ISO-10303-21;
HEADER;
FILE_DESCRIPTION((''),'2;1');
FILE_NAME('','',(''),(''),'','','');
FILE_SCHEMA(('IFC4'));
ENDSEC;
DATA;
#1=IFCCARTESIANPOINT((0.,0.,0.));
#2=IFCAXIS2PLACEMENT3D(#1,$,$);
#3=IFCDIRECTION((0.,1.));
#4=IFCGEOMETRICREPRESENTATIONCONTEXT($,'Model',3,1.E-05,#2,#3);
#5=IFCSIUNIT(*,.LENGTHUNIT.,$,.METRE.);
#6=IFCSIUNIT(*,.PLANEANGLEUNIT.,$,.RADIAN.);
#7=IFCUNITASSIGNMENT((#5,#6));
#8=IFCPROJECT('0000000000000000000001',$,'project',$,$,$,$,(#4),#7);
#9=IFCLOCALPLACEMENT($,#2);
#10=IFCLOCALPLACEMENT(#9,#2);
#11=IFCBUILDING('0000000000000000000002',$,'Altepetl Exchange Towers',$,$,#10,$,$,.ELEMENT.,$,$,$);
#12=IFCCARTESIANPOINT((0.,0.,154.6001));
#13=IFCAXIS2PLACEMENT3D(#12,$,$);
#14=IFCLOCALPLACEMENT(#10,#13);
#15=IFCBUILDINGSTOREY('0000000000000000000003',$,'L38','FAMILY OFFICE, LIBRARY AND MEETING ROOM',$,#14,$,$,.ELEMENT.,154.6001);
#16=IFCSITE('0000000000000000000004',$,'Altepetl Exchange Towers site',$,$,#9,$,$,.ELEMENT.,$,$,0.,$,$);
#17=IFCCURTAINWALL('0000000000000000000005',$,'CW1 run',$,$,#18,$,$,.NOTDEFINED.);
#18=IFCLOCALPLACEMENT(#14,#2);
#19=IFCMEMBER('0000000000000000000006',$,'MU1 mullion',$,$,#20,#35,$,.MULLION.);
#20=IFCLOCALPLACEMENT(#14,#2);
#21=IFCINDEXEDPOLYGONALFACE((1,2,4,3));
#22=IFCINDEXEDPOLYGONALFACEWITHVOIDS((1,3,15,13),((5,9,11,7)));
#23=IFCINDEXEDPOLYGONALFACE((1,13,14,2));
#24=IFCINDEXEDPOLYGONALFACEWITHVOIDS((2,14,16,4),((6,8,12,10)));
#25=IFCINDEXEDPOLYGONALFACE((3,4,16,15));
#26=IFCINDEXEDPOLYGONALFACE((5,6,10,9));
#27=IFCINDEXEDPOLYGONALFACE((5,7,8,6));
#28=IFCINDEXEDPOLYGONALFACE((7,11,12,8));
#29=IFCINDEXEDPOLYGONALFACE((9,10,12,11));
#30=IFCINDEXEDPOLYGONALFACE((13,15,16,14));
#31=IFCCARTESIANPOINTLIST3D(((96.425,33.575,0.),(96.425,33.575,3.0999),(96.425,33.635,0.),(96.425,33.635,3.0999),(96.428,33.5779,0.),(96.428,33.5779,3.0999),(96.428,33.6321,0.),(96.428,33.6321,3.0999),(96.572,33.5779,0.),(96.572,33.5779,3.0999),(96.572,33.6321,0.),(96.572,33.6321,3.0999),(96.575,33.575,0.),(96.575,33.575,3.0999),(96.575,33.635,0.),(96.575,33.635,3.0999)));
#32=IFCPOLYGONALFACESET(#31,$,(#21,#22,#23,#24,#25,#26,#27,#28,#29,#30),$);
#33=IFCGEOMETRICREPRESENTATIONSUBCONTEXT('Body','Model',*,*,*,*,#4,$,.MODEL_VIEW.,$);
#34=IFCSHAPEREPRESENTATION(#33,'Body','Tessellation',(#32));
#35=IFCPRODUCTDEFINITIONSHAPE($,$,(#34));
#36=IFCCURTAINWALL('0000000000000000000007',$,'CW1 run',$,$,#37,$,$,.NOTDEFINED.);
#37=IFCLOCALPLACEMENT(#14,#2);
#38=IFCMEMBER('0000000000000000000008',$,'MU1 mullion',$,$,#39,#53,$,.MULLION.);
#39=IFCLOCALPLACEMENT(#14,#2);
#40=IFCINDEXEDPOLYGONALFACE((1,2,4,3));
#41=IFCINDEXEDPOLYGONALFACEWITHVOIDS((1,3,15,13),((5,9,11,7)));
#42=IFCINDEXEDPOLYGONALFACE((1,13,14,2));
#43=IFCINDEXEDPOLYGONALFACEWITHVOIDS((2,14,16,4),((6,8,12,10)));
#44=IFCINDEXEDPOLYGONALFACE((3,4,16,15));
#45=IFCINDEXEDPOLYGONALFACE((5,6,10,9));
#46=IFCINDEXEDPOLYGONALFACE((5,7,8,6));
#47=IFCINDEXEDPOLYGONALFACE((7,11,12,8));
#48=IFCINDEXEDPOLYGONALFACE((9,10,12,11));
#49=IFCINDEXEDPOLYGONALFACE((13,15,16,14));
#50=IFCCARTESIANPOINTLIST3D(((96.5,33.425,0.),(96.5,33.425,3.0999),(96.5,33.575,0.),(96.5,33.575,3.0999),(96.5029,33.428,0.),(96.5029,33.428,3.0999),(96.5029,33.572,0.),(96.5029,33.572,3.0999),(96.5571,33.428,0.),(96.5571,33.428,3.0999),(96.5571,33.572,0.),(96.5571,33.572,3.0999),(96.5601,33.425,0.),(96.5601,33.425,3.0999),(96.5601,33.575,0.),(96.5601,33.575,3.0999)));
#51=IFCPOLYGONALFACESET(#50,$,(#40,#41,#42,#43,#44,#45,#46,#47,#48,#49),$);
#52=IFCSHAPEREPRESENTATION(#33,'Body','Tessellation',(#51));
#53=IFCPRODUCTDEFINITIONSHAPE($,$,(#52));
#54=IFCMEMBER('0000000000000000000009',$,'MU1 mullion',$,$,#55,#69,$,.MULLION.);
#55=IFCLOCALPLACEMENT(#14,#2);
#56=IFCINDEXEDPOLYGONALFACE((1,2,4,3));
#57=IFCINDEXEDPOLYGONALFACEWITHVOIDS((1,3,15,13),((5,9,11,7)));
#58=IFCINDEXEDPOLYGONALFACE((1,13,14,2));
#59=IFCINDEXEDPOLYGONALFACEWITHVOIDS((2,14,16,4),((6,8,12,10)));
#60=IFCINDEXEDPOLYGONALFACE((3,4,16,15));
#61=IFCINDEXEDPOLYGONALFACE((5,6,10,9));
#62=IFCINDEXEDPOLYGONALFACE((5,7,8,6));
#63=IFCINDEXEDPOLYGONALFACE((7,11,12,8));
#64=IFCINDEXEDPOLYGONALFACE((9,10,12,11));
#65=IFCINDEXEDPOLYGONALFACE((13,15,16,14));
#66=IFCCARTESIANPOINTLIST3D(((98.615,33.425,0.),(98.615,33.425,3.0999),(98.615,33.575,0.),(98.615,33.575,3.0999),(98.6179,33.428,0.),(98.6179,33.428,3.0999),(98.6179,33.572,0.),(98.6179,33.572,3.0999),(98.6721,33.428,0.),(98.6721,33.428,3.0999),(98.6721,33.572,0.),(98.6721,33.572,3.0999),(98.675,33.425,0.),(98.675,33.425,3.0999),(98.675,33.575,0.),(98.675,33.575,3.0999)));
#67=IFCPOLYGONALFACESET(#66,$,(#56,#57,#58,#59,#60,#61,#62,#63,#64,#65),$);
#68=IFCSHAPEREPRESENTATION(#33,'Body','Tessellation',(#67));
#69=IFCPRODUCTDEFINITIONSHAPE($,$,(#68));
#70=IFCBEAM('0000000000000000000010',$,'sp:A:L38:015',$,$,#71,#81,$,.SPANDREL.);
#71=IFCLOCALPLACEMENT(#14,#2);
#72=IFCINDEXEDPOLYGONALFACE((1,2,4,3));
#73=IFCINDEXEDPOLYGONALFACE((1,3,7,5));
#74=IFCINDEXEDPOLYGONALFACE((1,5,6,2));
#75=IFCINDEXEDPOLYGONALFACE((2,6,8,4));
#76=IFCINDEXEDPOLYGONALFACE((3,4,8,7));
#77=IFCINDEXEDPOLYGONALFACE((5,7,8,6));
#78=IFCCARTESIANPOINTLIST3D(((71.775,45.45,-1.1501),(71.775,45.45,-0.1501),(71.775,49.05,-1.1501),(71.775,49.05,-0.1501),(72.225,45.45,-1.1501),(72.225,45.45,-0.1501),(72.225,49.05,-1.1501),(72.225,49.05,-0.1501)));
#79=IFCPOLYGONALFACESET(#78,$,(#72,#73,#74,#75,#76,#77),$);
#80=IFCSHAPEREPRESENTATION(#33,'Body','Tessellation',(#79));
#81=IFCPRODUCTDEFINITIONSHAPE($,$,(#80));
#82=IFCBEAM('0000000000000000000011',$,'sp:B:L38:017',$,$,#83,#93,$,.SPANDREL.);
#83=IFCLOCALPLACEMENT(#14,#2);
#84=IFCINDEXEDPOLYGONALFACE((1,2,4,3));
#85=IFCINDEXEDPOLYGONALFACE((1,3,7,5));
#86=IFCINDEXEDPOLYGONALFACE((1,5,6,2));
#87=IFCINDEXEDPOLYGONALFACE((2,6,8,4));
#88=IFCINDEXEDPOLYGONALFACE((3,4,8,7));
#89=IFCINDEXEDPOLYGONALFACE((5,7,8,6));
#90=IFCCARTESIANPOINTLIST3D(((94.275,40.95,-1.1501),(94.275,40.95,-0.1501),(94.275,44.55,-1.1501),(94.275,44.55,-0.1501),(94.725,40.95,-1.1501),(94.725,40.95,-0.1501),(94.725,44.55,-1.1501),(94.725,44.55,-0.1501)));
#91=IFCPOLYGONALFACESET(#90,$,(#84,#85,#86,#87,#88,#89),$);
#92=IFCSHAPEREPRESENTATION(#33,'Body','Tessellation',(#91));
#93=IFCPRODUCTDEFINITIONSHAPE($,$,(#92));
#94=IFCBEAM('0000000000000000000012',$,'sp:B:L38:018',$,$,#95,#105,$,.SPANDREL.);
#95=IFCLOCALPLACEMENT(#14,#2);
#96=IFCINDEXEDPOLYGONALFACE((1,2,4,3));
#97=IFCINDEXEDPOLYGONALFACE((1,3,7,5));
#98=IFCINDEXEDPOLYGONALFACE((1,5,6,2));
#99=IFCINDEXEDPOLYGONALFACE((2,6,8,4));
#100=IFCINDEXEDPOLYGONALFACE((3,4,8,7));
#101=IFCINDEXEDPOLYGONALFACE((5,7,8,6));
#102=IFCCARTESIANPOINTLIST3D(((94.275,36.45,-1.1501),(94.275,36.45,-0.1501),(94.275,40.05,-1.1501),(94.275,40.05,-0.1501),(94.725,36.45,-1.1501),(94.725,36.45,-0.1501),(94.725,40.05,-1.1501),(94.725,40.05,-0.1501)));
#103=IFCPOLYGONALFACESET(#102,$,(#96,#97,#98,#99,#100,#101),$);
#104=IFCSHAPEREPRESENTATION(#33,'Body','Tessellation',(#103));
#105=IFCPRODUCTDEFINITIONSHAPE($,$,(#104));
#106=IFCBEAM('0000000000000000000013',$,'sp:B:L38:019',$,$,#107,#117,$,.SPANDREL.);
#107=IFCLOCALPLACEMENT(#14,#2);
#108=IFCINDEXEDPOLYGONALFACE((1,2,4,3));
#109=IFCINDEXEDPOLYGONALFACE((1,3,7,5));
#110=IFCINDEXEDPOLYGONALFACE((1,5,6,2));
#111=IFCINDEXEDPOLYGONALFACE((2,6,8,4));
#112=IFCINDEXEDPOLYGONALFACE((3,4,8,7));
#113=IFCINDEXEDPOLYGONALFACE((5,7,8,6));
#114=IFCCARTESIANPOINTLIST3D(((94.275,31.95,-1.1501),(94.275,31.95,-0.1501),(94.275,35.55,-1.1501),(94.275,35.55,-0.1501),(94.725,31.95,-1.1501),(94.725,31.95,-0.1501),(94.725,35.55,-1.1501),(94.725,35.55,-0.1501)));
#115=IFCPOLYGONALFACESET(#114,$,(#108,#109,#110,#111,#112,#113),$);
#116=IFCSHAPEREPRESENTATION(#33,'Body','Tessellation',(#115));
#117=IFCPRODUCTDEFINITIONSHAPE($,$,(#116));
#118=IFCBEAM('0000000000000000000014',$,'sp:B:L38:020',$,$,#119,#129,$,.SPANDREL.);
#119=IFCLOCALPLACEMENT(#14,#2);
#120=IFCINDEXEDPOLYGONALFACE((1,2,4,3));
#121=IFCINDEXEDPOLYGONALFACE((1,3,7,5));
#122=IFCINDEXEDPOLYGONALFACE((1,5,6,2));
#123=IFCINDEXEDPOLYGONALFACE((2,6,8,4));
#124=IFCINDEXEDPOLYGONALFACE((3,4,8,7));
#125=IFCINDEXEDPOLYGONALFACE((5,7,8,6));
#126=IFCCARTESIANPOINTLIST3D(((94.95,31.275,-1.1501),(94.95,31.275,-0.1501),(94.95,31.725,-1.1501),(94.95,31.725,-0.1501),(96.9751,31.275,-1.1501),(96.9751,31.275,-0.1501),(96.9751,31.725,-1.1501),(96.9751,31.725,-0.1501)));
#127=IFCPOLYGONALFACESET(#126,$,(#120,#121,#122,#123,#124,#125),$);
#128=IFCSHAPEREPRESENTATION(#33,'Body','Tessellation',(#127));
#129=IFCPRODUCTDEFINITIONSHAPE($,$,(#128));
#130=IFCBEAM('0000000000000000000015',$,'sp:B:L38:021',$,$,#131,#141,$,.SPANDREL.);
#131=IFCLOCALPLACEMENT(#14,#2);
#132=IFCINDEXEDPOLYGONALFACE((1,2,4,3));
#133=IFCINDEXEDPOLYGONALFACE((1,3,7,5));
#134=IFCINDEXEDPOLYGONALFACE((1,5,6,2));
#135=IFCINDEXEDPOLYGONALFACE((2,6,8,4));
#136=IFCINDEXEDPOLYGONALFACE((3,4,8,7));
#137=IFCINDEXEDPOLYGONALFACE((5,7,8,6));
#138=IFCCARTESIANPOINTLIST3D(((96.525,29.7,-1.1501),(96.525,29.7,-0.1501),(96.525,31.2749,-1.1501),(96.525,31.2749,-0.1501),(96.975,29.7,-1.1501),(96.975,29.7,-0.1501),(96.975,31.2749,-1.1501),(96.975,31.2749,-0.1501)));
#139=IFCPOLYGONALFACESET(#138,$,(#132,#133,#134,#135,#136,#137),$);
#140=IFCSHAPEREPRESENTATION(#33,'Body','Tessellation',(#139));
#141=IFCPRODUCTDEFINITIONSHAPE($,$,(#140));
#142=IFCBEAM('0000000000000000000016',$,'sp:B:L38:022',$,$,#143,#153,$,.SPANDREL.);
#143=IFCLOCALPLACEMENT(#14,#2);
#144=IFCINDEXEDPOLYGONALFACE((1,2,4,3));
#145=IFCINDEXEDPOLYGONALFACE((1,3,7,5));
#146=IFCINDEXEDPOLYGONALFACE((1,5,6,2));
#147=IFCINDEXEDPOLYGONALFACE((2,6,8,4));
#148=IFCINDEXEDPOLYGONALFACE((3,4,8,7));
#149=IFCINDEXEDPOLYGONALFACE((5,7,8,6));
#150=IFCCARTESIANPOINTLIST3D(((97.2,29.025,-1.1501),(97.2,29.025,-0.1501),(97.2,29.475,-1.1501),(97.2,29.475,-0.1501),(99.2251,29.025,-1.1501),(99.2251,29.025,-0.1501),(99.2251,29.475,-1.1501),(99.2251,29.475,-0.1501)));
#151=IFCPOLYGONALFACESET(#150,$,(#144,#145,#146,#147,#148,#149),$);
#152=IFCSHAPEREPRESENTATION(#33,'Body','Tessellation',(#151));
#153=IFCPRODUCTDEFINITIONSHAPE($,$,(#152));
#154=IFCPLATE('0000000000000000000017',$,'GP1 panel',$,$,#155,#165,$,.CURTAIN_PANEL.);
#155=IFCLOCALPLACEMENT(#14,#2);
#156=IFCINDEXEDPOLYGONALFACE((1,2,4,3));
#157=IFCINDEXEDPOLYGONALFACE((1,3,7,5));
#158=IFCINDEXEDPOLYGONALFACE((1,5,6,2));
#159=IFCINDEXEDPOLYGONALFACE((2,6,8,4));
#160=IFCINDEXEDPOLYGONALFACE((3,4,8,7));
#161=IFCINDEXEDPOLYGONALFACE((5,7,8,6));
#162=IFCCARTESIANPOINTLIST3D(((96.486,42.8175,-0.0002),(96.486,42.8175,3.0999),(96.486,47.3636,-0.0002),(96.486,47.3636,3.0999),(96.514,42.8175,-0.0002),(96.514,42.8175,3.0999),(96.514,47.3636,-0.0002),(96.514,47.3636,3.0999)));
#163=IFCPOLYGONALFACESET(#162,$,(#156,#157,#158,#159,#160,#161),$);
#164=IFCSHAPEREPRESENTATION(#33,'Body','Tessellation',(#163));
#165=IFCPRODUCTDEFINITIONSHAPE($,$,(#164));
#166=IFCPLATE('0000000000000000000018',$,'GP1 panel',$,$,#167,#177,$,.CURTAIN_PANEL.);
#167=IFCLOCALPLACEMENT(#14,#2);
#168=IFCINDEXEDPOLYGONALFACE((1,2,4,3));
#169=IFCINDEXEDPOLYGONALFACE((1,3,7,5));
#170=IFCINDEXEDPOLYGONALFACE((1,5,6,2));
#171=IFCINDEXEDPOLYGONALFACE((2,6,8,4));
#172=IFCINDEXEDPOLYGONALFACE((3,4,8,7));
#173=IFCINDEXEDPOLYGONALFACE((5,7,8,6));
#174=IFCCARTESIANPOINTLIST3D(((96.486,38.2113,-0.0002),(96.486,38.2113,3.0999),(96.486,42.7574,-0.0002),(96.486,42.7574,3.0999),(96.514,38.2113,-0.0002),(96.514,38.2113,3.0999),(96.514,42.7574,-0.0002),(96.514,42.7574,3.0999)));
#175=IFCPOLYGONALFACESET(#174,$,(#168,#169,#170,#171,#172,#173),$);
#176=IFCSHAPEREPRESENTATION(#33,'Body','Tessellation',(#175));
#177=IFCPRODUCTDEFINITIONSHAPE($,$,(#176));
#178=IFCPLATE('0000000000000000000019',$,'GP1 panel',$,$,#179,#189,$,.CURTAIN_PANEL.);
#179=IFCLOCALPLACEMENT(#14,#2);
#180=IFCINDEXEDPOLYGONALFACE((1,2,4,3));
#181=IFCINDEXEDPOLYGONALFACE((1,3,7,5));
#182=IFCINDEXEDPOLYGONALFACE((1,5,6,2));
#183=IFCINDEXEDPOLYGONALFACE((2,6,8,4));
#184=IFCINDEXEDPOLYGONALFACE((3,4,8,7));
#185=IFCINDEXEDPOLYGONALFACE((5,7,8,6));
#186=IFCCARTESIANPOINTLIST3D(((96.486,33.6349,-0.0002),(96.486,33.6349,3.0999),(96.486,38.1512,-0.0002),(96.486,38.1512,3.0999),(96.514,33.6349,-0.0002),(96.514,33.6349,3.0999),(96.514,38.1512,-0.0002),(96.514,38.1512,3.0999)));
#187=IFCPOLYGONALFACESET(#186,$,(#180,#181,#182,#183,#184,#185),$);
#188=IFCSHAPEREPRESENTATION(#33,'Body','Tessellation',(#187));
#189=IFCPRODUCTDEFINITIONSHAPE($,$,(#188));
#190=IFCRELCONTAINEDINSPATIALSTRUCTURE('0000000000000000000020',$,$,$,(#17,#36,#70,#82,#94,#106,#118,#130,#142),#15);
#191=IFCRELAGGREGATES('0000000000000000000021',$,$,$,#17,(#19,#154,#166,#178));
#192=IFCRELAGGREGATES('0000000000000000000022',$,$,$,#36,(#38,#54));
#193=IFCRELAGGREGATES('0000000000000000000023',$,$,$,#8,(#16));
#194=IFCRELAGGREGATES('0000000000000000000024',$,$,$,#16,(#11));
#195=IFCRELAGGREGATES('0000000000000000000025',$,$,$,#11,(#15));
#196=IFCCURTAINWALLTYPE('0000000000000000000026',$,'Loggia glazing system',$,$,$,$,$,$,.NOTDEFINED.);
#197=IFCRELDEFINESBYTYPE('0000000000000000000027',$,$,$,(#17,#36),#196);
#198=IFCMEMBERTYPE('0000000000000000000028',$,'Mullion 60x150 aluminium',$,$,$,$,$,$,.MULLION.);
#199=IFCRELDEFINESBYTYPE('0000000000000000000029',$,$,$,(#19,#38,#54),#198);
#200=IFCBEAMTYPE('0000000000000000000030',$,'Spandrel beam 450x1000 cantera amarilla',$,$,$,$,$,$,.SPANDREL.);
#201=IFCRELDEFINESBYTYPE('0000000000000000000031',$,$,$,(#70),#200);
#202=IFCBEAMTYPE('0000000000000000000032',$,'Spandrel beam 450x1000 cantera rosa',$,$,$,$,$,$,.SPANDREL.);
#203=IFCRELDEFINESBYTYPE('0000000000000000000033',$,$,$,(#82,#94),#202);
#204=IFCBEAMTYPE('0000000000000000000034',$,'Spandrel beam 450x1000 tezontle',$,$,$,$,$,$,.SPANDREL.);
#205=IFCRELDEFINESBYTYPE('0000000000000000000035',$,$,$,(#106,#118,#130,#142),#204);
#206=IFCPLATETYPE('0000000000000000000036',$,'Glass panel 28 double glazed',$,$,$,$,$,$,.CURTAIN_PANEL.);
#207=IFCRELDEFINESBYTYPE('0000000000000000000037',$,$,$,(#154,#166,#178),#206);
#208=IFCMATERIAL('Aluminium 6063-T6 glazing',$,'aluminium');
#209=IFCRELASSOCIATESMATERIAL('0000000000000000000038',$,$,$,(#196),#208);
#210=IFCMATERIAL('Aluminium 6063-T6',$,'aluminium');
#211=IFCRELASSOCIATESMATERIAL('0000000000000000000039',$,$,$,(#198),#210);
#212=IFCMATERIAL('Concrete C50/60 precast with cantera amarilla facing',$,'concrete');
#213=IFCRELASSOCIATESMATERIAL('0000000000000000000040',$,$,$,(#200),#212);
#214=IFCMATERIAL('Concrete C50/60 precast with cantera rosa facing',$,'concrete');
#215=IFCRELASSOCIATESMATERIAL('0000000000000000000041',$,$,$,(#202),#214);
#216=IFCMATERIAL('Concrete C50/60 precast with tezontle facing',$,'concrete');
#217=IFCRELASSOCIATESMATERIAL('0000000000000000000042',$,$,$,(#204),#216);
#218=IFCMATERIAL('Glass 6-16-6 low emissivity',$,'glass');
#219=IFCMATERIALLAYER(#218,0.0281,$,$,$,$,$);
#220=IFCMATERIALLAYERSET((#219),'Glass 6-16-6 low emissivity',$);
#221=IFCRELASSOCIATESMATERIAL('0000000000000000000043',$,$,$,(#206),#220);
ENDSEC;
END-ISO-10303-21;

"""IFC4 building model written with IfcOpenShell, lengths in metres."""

from ifc_helpers import new_model, si_unit, direction, frame, origin, origin_2d, place, context, subcontext, project, spatial, rectangle, hollow_rectangle, extrude, material, layer, layer_set, material_profile, profile_set, type_object, element, aggregate, save


model = new_model("IFC4")

# Units and contexts
model_context = context("Model", 3, precision=1e-05, world=origin(), true_north=direction((0.0, 1.0)))
body_context = subcontext(model_context, "Body", "Model", "MODEL_VIEW")
ifc_project = project(units=[si_unit("LENGTHUNIT", "METRE"), si_unit("PLANEANGLEUNIT", "RADIAN")], contexts=[model_context])

# Site, building, storey
site_placement = place(None, origin())
site = spatial("IfcSite", under=ifc_project, at=site_placement, Name="Altepetl Exchange Towers site", CompositionType="ELEMENT", RefElevation=0.0)
building_placement = place(site_placement, origin())
building = spatial("IfcBuilding", under=site, at=building_placement, Name="Altepetl Exchange Towers", CompositionType="ELEMENT")
storey_placement = place(building_placement, frame((0.0, 0.0, 154.6001)))
storey = spatial("IfcBuildingStorey", under=building, at=storey_placement, Name="L38", Description="FAMILY OFFICE, LIBRARY AND MEETING ROOM", CompositionType="ELEMENT", Elevation=154.6001)

# Curtain walls, members
ifc_material_1 = material(Name="Aluminium 6063-T6 glazing", Category="aluminium")
curtain_wall_type = type_object("IfcCurtainWallType", Name="Loggia glazing system", PredefinedType="NOTDEFINED", material=ifc_material_1)
curtain_wall_1_placement = place(storey_placement, origin())
curtain_wall_1 = element("IfcCurtainWall", 1, at=curtain_wall_1_placement, inside=storey, type_object=curtain_wall_type, Name="CW1 run", PredefinedType="NOTDEFINED")
ifc_material_2 = material(Name="Aluminium 6063-T6", Category="aluminium")
ifc_material_profile_1 = material_profile(ifc_material_2, hollow_rectangle(XDim=0.0601, YDim=0.1499, WallThickness=0.0029, at=origin_2d()), Name="Mullion 60x150 aluminium")
ifc_profile_set_1 = profile_set([ifc_material_profile_1], Name="Aluminium 6063-T6")
member_type = type_object("IfcMemberType", Name="Mullion 60x150 aluminium", PredefinedType="MULLION", material=ifc_profile_set_1)
member_1_placement = place(storey_placement, frame((96.5, 33.605, 0.0), z_axis=(0.0, 0.0, 1.0), x_axis=(0.0, -1.0, 0.0)))
member_1 = element("IfcMember", 2, at=member_1_placement, type_object=member_type, Name="MU1 mullion", PredefinedType="MULLION", context=body_context, shape_type="SweptSolid", body=[
    extrude(hollow_rectangle(XDim=0.0601, YDim=0.1499, WallThickness=0.0029, at=origin_2d()), origin(), (0.0, 0.0, 1.0), 3.0999),
])
curtain_wall_2_placement = place(storey_placement, origin())
curtain_wall_2 = element("IfcCurtainWall", 3, at=curtain_wall_2_placement, inside=storey, type_object=curtain_wall_type, Name="CW1 run", PredefinedType="NOTDEFINED")
member_2_placement = place(storey_placement, frame((96.53, 33.5, 0.0)))
member_2 = element("IfcMember", 4, at=member_2_placement, type_object=member_type, Name="MU1 mullion", PredefinedType="MULLION", context=body_context, shape_type="SweptSolid", body=[
    extrude(hollow_rectangle(XDim=0.0601, YDim=0.1499, WallThickness=0.0029, at=origin_2d()), origin(), (0.0, 0.0, 1.0), 3.0999),
])
member_3_placement = place(storey_placement, frame((98.645, 33.5, 0.0)))
member_3 = element("IfcMember", 5, at=member_3_placement, type_object=member_type, Name="MU1 mullion", PredefinedType="MULLION", context=body_context, shape_type="SweptSolid", body=[
    extrude(hollow_rectangle(XDim=0.0601, YDim=0.1499, WallThickness=0.0029, at=origin_2d()), origin(), (0.0, 0.0, 1.0), 3.0999),
])

# Beams
ifc_material_3 = material(Name="Concrete C50/60 precast with cantera amarilla facing", Category="concrete")
ifc_material_profile_2 = material_profile(ifc_material_3, rectangle(XDim=0.45, YDim=1.0, at=origin_2d()), Name="450 x 1000")
ifc_profile_set_2 = profile_set([ifc_material_profile_2], Name="Concrete C50/60 precast with cantera amarilla facing")
beam_type_1 = type_object("IfcBeamType", Name="Spandrel beam 450x1000 cantera amarilla", PredefinedType="SPANDREL", material=ifc_profile_set_2)
beam_1_placement = place(storey_placement, frame((72.0, 45.45, -0.6501), z_axis=(0.0, 1.0, 0.0), x_axis=(-1.0, 0.0, 0.0)))
element("IfcBeam", 6, at=beam_1_placement, inside=storey, type_object=beam_type_1, Name="sp:A:L38:015", PredefinedType="SPANDREL", context=body_context, shape_type="SweptSolid", body=[
    extrude(rectangle(XDim=0.45, YDim=1.0, at=origin_2d()), origin(), (0.0, 0.0, 1.0), 3.6001),
])
ifc_material_4 = material(Name="Concrete C50/60 precast with cantera rosa facing", Category="concrete")
ifc_material_profile_3 = material_profile(ifc_material_4, rectangle(XDim=0.45, YDim=1.0, at=origin_2d()), Name="450 x 1000")
ifc_profile_set_3 = profile_set([ifc_material_profile_3], Name="Concrete C50/60 precast with cantera rosa facing")
beam_type_2 = type_object("IfcBeamType", Name="Spandrel beam 450x1000 cantera rosa", PredefinedType="SPANDREL", material=ifc_profile_set_3)
for number, where, z_axis, x_axis, name in (
    (7, (94.5, 44.55, -0.6501), (0.0, -1.0, 0.0), (1.0, 0.0, 0.0), "sp:B:L38:017"),
    (8, (94.5, 40.05, -0.6501), (0.0, -1.0, 0.0), (1.0, 0.0, 0.0), "sp:B:L38:018"),
):
    element("IfcBeam", number, at=place(storey_placement, frame(where, z_axis=z_axis, x_axis=x_axis)), inside=storey, type_object=beam_type_2, Name=name, PredefinedType="SPANDREL", context=body_context, shape_type="SweptSolid", body=[
        extrude(rectangle(XDim=0.45, YDim=1.0, at=origin_2d()), origin(), (0.0, 0.0, 1.0), 3.6001),
    ])
ifc_material_5 = material(Name="Concrete C50/60 precast with tezontle facing", Category="concrete")
ifc_material_profile_4 = material_profile(ifc_material_5, rectangle(XDim=0.45, YDim=1.0, at=origin_2d()), Name="450 x 1000")
ifc_profile_set_4 = profile_set([ifc_material_profile_4], Name="Concrete C50/60 precast with tezontle facing")
beam_type_3 = type_object("IfcBeamType", Name="Spandrel beam 450x1000 tezontle", PredefinedType="SPANDREL", material=ifc_profile_set_4)
beam_2_placement = place(storey_placement, frame((94.5, 35.55, -0.6501), z_axis=(0.0, -1.0, 0.0), x_axis=(1.0, 0.0, 0.0)))
element("IfcBeam", 9, at=beam_2_placement, inside=storey, type_object=beam_type_3, Name="sp:B:L38:019", PredefinedType="SPANDREL", context=body_context, shape_type="SweptSolid", body=[
    extrude(rectangle(XDim=0.45, YDim=1.0, at=origin_2d()), origin(), (0.0, 0.0, 1.0), 3.6001),
])
beam_3_placement = place(storey_placement, frame((94.95, 31.5, -0.6501), z_axis=(1.0, 0.0, 0.0), x_axis=(0.0, 1.0, 0.0)))
element("IfcBeam", 10, at=beam_3_placement, inside=storey, type_object=beam_type_3, Name="sp:B:L38:020", PredefinedType="SPANDREL", context=body_context, shape_type="SweptSolid", body=[
    extrude(rectangle(XDim=0.45, YDim=1.0, at=origin_2d()), origin(), (0.0, 0.0, 1.0), 2.0251),
])
beam_4_placement = place(storey_placement, frame((96.75, 31.2749, -0.6501), z_axis=(0.0, -1.0, 0.0), x_axis=(1.0, 0.0, 0.0)))
element("IfcBeam", 11, at=beam_4_placement, inside=storey, type_object=beam_type_3, Name="sp:B:L38:021", PredefinedType="SPANDREL", context=body_context, shape_type="SweptSolid", body=[
    extrude(rectangle(XDim=0.45, YDim=1.0, at=origin_2d()), origin(), (0.0, 0.0, 1.0), 1.575),
])
beam_5_placement = place(storey_placement, frame((97.2, 29.25, -0.6501), z_axis=(1.0, 0.0, 0.0), x_axis=(0.0, 1.0, 0.0)))
element("IfcBeam", 12, at=beam_5_placement, inside=storey, type_object=beam_type_3, Name="sp:B:L38:022", PredefinedType="SPANDREL", context=body_context, shape_type="SweptSolid", body=[
    extrude(rectangle(XDim=0.45, YDim=1.0, at=origin_2d()), origin(), (0.0, 0.0, 1.0), 2.0251),
])

# Plates
ifc_material_6 = material(Name="Glass 6-16-6 low emissivity", Category="glass")
ifc_layer_1 = layer(ifc_material_6, 0.0281)
ifc_layer_set_1 = layer_set([ifc_layer_1], Name="Glass 6-16-6 low emissivity")
plate_type = type_object("IfcPlateType", Name="Glass panel 28 double glazed", PredefinedType="CURTAIN_PANEL", material=ifc_layer_set_1)
plate_1_placement = place(storey_placement, frame((96.5, 45.0906, -0.0002), z_axis=(0.0, 0.0, 1.0), x_axis=(0.0, -1.0, 0.0)))
plate_1 = element("IfcPlate", 13, at=plate_1_placement, type_object=plate_type, Name="GP1 panel", PredefinedType="CURTAIN_PANEL", context=body_context, shape_type="SweptSolid", body=[
    extrude(rectangle(XDim=4.5461, YDim=0.0281, at=origin_2d()), origin(), (0.0, 0.0, 1.0), 3.1001),
])
plate_2_placement = place(storey_placement, frame((96.5, 40.4844, -0.0002), z_axis=(0.0, 0.0, 1.0), x_axis=(0.0, -1.0, 0.0)))
plate_2 = element("IfcPlate", 14, at=plate_2_placement, type_object=plate_type, Name="GP1 panel", PredefinedType="CURTAIN_PANEL", context=body_context, shape_type="SweptSolid", body=[
    extrude(rectangle(XDim=4.5461, YDim=0.0281, at=origin_2d()), origin(), (0.0, 0.0, 1.0), 3.1001),
])
plate_3_placement = place(storey_placement, frame((96.5, 35.8931, -0.0002), z_axis=(0.0, 0.0, 1.0), x_axis=(0.0, -1.0, 0.0)))
plate_3 = element("IfcPlate", 15, at=plate_3_placement, type_object=plate_type, Name="GP1 panel", PredefinedType="CURTAIN_PANEL", context=body_context, shape_type="SweptSolid", body=[
    extrude(rectangle(XDim=4.5164, YDim=0.0281, at=origin_2d()), origin(), (0.0, 0.0, 1.0), 3.1001),
])
aggregate(curtain_wall_1, [member_1, plate_1, plate_2, plate_3])
aggregate(curtain_wall_2, [member_2, member_3])

save(model, "model.ifc")
